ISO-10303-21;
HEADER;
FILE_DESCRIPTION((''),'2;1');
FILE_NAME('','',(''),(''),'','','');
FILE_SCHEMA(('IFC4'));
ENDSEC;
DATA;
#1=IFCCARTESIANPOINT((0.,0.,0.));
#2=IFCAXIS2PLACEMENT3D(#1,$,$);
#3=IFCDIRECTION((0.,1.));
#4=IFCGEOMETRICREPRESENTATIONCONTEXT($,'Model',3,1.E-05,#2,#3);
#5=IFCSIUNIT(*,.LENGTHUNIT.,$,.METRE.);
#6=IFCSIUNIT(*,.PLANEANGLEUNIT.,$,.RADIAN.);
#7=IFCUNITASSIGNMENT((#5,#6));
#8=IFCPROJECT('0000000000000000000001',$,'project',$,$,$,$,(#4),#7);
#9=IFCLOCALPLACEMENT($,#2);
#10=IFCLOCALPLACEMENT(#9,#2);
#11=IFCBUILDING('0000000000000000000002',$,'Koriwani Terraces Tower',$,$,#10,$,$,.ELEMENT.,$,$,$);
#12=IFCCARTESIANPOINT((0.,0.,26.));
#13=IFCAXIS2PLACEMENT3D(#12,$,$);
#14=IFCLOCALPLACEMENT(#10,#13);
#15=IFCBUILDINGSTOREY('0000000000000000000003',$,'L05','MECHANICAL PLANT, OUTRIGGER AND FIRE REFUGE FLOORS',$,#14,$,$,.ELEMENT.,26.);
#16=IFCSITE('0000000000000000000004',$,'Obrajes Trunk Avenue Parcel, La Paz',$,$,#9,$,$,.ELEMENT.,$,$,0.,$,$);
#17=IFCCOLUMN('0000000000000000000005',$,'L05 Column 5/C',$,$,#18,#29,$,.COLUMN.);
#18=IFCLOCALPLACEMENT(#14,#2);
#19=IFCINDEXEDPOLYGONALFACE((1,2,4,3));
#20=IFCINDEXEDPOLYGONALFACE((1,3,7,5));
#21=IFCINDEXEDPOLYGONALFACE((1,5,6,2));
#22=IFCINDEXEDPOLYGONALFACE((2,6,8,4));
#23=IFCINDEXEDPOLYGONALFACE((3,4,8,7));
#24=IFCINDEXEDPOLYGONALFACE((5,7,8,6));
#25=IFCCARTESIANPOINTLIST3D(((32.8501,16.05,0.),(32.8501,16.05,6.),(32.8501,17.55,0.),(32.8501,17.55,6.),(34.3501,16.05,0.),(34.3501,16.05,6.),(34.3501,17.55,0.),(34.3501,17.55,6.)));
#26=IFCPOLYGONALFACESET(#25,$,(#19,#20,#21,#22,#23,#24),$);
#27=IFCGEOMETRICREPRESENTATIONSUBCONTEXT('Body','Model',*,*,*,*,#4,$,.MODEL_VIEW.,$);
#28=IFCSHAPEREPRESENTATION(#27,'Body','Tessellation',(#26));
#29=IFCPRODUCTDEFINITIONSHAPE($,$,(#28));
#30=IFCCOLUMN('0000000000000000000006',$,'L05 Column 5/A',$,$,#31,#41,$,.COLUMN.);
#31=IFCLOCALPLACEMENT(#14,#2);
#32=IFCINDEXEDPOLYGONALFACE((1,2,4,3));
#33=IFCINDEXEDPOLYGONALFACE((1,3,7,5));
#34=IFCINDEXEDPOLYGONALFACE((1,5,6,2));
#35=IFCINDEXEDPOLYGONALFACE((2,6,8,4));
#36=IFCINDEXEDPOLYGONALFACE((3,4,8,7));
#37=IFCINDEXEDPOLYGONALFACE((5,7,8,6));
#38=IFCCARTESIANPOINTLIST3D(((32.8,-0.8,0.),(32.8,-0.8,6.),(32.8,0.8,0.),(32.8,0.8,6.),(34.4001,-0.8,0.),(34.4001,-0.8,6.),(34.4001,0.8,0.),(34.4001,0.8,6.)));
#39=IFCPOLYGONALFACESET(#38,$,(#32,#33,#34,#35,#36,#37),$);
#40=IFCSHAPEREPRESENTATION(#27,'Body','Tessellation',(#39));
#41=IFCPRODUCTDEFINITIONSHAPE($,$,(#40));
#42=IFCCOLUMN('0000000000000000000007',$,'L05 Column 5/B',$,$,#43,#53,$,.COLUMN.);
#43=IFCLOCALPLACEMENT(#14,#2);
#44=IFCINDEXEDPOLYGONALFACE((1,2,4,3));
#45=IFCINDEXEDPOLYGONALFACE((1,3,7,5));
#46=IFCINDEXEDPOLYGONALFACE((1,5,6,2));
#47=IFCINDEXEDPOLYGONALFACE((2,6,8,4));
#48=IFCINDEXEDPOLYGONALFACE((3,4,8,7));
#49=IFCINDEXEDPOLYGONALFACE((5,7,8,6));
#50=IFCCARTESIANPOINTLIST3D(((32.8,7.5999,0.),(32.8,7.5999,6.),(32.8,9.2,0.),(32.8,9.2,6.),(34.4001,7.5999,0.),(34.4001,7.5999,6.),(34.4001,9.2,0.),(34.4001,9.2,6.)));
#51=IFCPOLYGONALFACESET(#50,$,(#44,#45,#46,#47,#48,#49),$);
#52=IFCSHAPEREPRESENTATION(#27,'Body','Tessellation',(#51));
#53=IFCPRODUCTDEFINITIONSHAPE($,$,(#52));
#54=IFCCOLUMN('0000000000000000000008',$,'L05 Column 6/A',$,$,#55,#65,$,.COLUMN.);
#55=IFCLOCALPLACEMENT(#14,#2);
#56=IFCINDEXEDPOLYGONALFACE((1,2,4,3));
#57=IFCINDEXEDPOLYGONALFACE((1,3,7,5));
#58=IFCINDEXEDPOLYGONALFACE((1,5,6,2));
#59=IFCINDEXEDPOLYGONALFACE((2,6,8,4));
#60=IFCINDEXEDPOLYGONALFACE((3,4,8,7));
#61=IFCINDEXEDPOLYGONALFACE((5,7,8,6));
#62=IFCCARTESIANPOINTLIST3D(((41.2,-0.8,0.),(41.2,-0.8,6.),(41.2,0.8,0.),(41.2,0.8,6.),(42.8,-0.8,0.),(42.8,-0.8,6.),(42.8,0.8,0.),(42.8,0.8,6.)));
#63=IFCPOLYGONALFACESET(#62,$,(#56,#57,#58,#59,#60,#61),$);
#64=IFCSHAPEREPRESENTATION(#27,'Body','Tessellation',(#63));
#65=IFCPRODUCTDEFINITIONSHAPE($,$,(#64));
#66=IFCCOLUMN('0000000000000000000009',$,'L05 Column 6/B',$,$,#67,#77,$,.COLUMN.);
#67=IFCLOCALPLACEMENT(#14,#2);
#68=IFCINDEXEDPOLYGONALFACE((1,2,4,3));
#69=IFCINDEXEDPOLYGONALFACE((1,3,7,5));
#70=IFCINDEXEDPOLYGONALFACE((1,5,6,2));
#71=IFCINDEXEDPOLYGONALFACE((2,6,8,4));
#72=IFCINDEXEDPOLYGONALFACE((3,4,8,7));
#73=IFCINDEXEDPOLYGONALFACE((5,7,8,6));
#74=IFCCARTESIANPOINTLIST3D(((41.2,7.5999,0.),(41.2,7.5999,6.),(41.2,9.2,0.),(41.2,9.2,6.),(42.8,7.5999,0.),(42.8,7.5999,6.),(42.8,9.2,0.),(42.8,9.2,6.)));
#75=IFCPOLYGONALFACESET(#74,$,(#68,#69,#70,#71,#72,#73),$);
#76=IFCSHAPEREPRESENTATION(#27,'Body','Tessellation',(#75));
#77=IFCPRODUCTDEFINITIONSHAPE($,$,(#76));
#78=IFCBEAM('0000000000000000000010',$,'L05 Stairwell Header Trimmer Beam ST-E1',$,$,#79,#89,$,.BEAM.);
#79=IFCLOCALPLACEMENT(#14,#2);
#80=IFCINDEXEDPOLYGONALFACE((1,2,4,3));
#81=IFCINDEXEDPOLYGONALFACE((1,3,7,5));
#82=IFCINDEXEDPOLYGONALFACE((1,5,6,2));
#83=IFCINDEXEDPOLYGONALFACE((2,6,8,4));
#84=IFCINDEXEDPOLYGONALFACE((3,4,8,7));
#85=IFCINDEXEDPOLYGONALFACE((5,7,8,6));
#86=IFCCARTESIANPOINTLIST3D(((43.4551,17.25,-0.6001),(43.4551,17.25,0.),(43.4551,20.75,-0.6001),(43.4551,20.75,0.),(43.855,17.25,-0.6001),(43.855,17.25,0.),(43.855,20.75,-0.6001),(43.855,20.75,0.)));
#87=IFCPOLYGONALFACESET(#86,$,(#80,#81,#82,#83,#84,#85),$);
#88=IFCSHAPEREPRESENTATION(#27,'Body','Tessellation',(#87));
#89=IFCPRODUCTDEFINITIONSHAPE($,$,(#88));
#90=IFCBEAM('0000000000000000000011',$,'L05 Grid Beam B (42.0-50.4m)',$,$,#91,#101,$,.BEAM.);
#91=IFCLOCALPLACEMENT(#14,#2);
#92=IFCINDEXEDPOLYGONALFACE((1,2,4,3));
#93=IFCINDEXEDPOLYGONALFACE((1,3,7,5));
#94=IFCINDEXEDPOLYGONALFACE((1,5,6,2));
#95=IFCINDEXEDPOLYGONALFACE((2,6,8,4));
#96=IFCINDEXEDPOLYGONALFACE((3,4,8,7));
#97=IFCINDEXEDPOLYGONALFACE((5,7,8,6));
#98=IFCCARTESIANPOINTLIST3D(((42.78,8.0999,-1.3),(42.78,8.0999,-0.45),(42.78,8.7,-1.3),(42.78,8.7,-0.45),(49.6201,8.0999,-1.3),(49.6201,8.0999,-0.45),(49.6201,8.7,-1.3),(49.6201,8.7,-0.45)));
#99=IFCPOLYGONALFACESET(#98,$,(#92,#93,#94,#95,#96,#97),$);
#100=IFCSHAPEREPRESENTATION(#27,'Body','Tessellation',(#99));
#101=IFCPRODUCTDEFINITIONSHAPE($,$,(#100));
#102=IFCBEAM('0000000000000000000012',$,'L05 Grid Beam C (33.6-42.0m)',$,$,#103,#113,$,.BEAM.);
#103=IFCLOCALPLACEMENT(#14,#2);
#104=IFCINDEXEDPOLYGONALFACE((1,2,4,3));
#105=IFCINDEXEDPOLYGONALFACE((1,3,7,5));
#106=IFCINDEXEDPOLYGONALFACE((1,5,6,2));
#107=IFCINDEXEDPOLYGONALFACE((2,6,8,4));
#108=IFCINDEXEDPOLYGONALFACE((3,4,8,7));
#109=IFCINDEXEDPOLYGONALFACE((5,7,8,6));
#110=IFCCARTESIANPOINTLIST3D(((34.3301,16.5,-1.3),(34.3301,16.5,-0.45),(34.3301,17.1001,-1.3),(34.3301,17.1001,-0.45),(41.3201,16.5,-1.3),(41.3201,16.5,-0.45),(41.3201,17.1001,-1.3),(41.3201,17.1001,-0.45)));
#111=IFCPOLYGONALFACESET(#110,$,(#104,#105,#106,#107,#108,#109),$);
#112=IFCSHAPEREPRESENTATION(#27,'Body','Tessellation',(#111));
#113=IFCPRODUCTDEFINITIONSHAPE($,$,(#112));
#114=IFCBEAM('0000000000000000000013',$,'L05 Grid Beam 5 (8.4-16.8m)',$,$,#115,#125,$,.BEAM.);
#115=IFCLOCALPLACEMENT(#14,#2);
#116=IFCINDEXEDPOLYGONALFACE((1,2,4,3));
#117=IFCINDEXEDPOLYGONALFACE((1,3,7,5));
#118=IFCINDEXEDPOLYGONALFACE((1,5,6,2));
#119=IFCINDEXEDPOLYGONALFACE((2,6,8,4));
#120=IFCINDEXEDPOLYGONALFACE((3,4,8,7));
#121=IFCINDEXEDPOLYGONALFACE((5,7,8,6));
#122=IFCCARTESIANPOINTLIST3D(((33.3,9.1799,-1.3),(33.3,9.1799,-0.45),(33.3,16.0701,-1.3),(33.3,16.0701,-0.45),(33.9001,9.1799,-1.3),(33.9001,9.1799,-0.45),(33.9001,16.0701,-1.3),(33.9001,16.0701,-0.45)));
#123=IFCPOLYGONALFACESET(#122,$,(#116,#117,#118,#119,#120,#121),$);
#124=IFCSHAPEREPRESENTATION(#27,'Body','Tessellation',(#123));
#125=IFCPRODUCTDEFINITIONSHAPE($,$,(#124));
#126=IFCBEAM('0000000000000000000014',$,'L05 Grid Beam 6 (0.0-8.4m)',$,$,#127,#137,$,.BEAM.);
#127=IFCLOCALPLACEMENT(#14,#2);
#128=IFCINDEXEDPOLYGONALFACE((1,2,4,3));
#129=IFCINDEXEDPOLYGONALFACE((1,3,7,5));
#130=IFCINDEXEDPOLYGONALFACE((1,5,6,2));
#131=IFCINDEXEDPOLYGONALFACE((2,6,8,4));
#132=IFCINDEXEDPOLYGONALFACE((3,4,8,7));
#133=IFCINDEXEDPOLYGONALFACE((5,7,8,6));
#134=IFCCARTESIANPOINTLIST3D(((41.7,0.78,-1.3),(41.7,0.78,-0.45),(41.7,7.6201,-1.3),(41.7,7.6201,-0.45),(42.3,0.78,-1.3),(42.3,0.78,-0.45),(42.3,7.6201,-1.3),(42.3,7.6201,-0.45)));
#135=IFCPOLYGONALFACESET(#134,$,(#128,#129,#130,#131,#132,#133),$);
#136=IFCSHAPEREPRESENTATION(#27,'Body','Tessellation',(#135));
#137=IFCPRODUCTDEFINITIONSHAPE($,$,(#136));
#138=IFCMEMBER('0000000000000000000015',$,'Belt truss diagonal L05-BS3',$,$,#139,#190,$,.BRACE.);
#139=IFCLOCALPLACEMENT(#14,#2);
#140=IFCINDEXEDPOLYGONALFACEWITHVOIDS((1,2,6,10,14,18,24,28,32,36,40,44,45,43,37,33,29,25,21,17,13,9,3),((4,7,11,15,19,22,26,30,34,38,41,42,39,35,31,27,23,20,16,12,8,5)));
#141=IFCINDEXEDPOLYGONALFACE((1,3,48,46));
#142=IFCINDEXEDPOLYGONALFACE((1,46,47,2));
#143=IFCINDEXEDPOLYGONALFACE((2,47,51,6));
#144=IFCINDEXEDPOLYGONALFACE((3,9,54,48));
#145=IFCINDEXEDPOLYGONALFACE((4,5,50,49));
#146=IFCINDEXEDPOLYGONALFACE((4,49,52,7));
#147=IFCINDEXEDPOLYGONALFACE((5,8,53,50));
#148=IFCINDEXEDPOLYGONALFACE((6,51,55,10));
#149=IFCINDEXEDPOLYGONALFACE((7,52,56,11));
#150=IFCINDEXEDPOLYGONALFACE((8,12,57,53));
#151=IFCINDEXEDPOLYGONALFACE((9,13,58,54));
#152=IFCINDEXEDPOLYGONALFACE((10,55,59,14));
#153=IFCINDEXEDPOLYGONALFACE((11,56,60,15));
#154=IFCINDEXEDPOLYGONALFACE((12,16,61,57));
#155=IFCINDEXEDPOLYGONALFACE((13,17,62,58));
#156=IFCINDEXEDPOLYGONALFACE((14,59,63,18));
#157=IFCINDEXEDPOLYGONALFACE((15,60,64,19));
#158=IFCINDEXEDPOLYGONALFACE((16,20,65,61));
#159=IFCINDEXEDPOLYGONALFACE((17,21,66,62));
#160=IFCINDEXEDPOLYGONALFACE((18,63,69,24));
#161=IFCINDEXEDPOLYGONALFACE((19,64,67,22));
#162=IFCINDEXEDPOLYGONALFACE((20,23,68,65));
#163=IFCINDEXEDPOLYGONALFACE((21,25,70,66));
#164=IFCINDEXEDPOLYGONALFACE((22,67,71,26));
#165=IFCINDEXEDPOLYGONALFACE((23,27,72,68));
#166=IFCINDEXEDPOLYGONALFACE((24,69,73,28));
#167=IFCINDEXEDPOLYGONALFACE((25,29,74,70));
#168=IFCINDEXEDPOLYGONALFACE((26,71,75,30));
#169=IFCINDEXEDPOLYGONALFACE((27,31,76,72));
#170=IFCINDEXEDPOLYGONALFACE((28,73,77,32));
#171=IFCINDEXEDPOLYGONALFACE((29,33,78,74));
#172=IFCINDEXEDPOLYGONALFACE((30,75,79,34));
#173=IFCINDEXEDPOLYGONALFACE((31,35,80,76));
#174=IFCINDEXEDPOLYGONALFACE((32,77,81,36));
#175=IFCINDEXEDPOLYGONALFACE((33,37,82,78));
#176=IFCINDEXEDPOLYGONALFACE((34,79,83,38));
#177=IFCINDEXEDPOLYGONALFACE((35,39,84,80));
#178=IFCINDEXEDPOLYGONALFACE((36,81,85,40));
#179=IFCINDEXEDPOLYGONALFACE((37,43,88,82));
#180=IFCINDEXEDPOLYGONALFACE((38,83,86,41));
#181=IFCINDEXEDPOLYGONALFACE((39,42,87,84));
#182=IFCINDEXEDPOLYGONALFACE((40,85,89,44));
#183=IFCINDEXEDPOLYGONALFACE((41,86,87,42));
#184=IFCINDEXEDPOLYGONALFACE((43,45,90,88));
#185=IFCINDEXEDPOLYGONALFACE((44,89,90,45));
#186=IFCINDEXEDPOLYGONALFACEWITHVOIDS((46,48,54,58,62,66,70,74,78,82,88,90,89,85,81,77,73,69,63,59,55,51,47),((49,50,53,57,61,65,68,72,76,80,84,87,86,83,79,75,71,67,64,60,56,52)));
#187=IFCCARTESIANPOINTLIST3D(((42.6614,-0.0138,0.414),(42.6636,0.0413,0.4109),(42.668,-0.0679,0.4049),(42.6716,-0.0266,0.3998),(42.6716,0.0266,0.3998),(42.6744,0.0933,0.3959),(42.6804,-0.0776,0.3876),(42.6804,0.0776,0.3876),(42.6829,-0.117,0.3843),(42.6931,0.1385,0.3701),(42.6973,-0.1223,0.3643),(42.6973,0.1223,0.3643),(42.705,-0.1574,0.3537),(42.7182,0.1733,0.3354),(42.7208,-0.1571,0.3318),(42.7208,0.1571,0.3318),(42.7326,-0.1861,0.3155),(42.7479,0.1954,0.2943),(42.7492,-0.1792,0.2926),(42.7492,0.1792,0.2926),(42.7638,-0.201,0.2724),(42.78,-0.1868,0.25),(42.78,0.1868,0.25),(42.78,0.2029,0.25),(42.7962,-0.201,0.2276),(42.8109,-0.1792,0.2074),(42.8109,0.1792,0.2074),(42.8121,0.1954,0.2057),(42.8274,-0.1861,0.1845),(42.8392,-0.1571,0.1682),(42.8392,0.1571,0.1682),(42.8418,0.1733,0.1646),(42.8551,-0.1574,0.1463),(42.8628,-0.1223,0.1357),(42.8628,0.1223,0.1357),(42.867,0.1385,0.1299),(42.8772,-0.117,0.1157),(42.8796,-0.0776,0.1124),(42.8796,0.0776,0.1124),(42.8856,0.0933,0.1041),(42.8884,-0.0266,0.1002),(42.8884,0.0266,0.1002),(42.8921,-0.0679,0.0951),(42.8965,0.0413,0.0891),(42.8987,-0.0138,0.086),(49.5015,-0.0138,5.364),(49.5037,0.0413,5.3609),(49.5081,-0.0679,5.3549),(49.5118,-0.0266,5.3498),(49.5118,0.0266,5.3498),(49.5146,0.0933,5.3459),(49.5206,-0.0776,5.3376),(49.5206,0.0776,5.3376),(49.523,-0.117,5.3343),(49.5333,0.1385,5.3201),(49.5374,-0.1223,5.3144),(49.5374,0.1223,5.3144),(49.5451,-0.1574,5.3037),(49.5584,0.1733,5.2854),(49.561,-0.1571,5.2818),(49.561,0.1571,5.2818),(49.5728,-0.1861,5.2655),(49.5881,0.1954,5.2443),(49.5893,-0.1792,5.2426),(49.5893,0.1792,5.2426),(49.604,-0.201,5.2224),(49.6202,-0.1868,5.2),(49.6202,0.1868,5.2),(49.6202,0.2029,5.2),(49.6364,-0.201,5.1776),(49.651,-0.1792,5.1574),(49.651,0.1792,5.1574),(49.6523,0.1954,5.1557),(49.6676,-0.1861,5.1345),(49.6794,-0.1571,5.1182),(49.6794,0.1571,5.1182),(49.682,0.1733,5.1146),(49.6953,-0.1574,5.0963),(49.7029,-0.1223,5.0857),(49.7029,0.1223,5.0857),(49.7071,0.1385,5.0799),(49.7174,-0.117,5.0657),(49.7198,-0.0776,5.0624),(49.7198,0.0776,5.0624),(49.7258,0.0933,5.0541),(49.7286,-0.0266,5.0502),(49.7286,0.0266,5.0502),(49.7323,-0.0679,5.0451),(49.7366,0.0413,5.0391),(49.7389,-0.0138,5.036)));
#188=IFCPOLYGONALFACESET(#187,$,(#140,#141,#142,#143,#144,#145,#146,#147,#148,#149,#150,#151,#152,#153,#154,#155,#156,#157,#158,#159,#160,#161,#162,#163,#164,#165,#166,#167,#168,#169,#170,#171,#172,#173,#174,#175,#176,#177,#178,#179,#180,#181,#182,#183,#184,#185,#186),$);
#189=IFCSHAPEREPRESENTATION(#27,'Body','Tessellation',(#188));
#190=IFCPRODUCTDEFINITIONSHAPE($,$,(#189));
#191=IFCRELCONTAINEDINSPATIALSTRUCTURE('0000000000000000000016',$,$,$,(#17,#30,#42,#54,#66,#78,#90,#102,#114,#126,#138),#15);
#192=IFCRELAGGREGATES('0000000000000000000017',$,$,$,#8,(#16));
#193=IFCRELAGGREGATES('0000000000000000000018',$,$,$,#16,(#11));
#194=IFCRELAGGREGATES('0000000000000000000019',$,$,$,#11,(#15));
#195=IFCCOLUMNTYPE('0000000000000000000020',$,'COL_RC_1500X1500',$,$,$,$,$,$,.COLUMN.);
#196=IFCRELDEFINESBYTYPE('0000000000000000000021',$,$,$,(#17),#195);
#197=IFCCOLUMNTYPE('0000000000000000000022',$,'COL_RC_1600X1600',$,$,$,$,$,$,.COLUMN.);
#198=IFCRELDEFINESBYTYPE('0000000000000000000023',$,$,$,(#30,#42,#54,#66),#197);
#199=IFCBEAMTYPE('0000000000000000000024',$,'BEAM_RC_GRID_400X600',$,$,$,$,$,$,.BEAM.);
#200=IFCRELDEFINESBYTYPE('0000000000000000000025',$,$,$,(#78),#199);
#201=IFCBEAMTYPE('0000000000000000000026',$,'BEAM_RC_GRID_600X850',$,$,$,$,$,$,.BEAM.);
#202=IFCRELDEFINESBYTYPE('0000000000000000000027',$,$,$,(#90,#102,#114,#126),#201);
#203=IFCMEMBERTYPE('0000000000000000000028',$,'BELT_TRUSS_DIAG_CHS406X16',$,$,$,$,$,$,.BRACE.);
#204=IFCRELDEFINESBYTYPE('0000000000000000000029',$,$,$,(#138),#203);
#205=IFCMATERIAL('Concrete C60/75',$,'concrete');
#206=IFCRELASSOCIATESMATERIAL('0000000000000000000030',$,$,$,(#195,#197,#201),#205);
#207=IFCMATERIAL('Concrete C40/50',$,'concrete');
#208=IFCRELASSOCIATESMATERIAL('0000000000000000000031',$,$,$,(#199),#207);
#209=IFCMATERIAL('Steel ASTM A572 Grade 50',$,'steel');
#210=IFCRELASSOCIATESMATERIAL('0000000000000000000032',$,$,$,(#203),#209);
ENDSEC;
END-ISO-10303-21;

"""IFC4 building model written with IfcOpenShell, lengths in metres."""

from ifc_helpers import new_model, si_unit, direction, frame, origin, origin_2d, place, context, subcontext, project, spatial, rectangle, hollow_circle, extrude, material, material_profile, profile_set, type_object, element, save


model = new_model("IFC4")

# Units and contexts
model_context = context("Model", 3, precision=1e-05, world=origin(), true_north=direction((0.0, 1.0)))
body_context = subcontext(model_context, "Body", "Model", "MODEL_VIEW")
ifc_project = project(units=[si_unit("LENGTHUNIT", "METRE"), si_unit("PLANEANGLEUNIT", "RADIAN")], contexts=[model_context])

# Site, building, storey
site_placement = place(None, origin())
site = spatial("IfcSite", under=ifc_project, at=site_placement, Name="Obrajes Trunk Avenue Parcel, La Paz", CompositionType="ELEMENT", RefElevation=0.0)
building_placement = place(site_placement, origin())
building = spatial("IfcBuilding", under=site, at=building_placement, Name="Koriwani Terraces Tower", CompositionType="ELEMENT")
storey_placement = place(building_placement, frame((0.0, 0.0, 26.0)))
storey = spatial("IfcBuildingStorey", under=building, at=storey_placement, Name="L05", Description="MECHANICAL PLANT, OUTRIGGER AND FIRE REFUGE FLOORS", CompositionType="ELEMENT", Elevation=26.0)

# Columns
ifc_material_1 = material(Name="Concrete C60/75", Category="concrete")
ifc_material_profile_1 = material_profile(ifc_material_1, rectangle(XDim=1.5, YDim=1.5, at=origin_2d()), Name="Concrete C60/75", Category="LoadBearing")
ifc_profile_set_1 = profile_set([ifc_material_profile_1], Name="Concrete C60/75")
column_type_1 = type_object("IfcColumnType", Name="COL_RC_1500X1500", PredefinedType="COLUMN", material=ifc_profile_set_1)
column_placement = place(storey_placement, frame((33.6001, 16.8, 0.0), z_axis=(0.0, 0.0, 1.0), x_axis=(1.0, 0.0, 0.0)))
element("IfcColumn", 1, at=column_placement, inside=storey, type_object=column_type_1, Name="L05 Column 5/C", PredefinedType="COLUMN", context=body_context, shape_type="SweptSolid", body=[
    extrude(rectangle(XDim=1.5, YDim=1.5, at=origin_2d()), origin(), (0.0, 0.0, 1.0), 6.0),
])
ifc_material_profile_2 = material_profile(ifc_material_1, rectangle(XDim=1.6001, YDim=1.6001, at=origin_2d()), Name="Concrete C60/75", Category="LoadBearing")
ifc_profile_set_2 = profile_set([ifc_material_profile_2], Name="Concrete C60/75")
column_type_2 = type_object("IfcColumnType", Name="COL_RC_1600X1600", PredefinedType="COLUMN", material=ifc_profile_set_2)
for number, where, z_axis, x_axis, name in (
    (2, (33.6001, 0.0, 0.0), (0.0, 0.0, 1.0), (1.0, 0.0, 0.0), "L05 Column 5/A"),
    (3, (33.6001, 8.3999, 0.0), (0.0, 0.0, 1.0), (1.0, 0.0, 0.0), "L05 Column 5/B"),
    (4, (42.0, 0.0, 0.0), (0.0, 0.0, 1.0), (1.0, 0.0, 0.0), "L05 Column 6/A"),
    (5, (42.0, 8.3999, 0.0), (0.0, 0.0, 1.0), (1.0, 0.0, 0.0), "L05 Column 6/B"),
):
    element("IfcColumn", number, at=place(storey_placement, frame(where, z_axis=z_axis, x_axis=x_axis)), inside=storey, type_object=column_type_2, Name=name, PredefinedType="COLUMN", context=body_context, shape_type="SweptSolid", body=[
        extrude(rectangle(XDim=1.6001, YDim=1.6001, at=origin_2d()), origin(), (0.0, 0.0, 1.0), 6.0),
    ])

# Beams
ifc_material_2 = material(Name="Concrete C40/50", Category="concrete")
ifc_material_profile_3 = material_profile(ifc_material_2, rectangle(XDim=0.3999, YDim=0.6001, at=origin_2d()), Name="Concrete C40/50", Category="LoadBearing")
ifc_profile_set_3 = profile_set([ifc_material_profile_3], Name="Concrete C40/50")
beam_type_1 = type_object("IfcBeamType", Name="BEAM_RC_GRID_400X600", PredefinedType="BEAM", material=ifc_profile_set_3)
beam_1_placement = place(storey_placement, frame((43.655, 17.25, -0.3), z_axis=(0.0, 1.0, 0.0), x_axis=(-1.0, 0.0, 0.0)))
element("IfcBeam", 6, at=beam_1_placement, inside=storey, type_object=beam_type_1, Name="L05 Stairwell Header Trimmer Beam ST-E1", PredefinedType="BEAM", context=body_context, shape_type="SweptSolid", body=[
    extrude(rectangle(XDim=0.3999, YDim=0.6001, at=origin_2d()), origin(), (0.0, 0.0, 1.0), 3.5),
])
ifc_material_profile_4 = material_profile(ifc_material_1, rectangle(XDim=0.6001, YDim=0.8501, at=origin_2d()), Name="Concrete C60/75", Category="LoadBearing")
ifc_profile_set_4 = profile_set([ifc_material_profile_4], Name="Concrete C60/75")
beam_type_2 = type_object("IfcBeamType", Name="BEAM_RC_GRID_600X850", PredefinedType="BEAM", material=ifc_profile_set_4)
beam_2_placement = place(storey_placement, frame((42.78, 8.3999, -0.875), z_axis=(1.0, 0.0, 0.0), x_axis=(0.0, 1.0, 0.0)))
element("IfcBeam", 7, at=beam_2_placement, inside=storey, type_object=beam_type_2, Name="L05 Grid Beam B (42.0-50.4m)", PredefinedType="BEAM", context=body_context, shape_type="SweptSolid", body=[
    extrude(rectangle(XDim=0.6001, YDim=0.8501, at=origin_2d()), origin(), (0.0, 0.0, 1.0), 6.8401),
])
beam_3_placement = place(storey_placement, frame((34.3301, 16.8, -0.875), z_axis=(1.0, 0.0, 0.0), x_axis=(0.0, 1.0, 0.0)))
element("IfcBeam", 8, at=beam_3_placement, inside=storey, type_object=beam_type_2, Name="L05 Grid Beam C (33.6-42.0m)", PredefinedType="BEAM", context=body_context, shape_type="SweptSolid", body=[
    extrude(rectangle(XDim=0.6001, YDim=0.8501, at=origin_2d()), origin(), (0.0, 0.0, 1.0), 6.99),
])
beam_4_placement = place(storey_placement, frame((33.6001, 9.1799, -0.875), z_axis=(0.0, 1.0, 0.0), x_axis=(-1.0, 0.0, 0.0)))
element("IfcBeam", 9, at=beam_4_placement, inside=storey, type_object=beam_type_2, Name="L05 Grid Beam 5 (8.4-16.8m)", PredefinedType="BEAM", context=body_context, shape_type="SweptSolid", body=[
    extrude(rectangle(XDim=0.6001, YDim=0.8501, at=origin_2d()), origin(), (0.0, 0.0, 1.0), 6.8901),
])
beam_5_placement = place(storey_placement, frame((42.0, 0.78, -0.875), z_axis=(0.0, 1.0, 0.0), x_axis=(-1.0, 0.0, 0.0)))
element("IfcBeam", 10, at=beam_5_placement, inside=storey, type_object=beam_type_2, Name="L05 Grid Beam 6 (0.0-8.4m)", PredefinedType="BEAM", context=body_context, shape_type="SweptSolid", body=[
    extrude(rectangle(XDim=0.6001, YDim=0.8501, at=origin_2d()), origin(), (0.0, 0.0, 1.0), 6.8401),
])

# Member
ifc_material_3 = material(Name="Steel ASTM A572 Grade 50", Category="steel")
ifc_material_profile_5 = material_profile(ifc_material_3, hollow_circle(Radius=0.2029, WallThickness=0.0161, at=origin_2d()), Name="Steel ASTM A572 Grade 50", Category="LoadBearing")
ifc_profile_set_5 = profile_set([ifc_material_profile_5], Name="Steel ASTM A572 Grade 50")
member_type_1 = type_object("IfcMemberType", Name="BELT_TRUSS_DIAG_CHS406X16", PredefinedType="BRACE", material=ifc_profile_set_5)
member_1_placement = place(storey_placement, frame((42.78, 0.0, 0.25), z_axis=(0.810123, 0.0, 0.58626), x_axis=(0.0, 1.0, 0.0)))
element("IfcMember", 11, at=member_1_placement, inside=storey, type_object=member_type_1, Name="Belt truss diagonal L05-BS3", PredefinedType="BRACE", context=body_context, shape_type="SweptSolid", body=[
    extrude(hollow_circle(Radius=0.2029, WallThickness=0.0161, at=origin_2d()), origin(), (0.0, 0.0, 1.0), 8.4434),
])

save(model, "model.ifc")
